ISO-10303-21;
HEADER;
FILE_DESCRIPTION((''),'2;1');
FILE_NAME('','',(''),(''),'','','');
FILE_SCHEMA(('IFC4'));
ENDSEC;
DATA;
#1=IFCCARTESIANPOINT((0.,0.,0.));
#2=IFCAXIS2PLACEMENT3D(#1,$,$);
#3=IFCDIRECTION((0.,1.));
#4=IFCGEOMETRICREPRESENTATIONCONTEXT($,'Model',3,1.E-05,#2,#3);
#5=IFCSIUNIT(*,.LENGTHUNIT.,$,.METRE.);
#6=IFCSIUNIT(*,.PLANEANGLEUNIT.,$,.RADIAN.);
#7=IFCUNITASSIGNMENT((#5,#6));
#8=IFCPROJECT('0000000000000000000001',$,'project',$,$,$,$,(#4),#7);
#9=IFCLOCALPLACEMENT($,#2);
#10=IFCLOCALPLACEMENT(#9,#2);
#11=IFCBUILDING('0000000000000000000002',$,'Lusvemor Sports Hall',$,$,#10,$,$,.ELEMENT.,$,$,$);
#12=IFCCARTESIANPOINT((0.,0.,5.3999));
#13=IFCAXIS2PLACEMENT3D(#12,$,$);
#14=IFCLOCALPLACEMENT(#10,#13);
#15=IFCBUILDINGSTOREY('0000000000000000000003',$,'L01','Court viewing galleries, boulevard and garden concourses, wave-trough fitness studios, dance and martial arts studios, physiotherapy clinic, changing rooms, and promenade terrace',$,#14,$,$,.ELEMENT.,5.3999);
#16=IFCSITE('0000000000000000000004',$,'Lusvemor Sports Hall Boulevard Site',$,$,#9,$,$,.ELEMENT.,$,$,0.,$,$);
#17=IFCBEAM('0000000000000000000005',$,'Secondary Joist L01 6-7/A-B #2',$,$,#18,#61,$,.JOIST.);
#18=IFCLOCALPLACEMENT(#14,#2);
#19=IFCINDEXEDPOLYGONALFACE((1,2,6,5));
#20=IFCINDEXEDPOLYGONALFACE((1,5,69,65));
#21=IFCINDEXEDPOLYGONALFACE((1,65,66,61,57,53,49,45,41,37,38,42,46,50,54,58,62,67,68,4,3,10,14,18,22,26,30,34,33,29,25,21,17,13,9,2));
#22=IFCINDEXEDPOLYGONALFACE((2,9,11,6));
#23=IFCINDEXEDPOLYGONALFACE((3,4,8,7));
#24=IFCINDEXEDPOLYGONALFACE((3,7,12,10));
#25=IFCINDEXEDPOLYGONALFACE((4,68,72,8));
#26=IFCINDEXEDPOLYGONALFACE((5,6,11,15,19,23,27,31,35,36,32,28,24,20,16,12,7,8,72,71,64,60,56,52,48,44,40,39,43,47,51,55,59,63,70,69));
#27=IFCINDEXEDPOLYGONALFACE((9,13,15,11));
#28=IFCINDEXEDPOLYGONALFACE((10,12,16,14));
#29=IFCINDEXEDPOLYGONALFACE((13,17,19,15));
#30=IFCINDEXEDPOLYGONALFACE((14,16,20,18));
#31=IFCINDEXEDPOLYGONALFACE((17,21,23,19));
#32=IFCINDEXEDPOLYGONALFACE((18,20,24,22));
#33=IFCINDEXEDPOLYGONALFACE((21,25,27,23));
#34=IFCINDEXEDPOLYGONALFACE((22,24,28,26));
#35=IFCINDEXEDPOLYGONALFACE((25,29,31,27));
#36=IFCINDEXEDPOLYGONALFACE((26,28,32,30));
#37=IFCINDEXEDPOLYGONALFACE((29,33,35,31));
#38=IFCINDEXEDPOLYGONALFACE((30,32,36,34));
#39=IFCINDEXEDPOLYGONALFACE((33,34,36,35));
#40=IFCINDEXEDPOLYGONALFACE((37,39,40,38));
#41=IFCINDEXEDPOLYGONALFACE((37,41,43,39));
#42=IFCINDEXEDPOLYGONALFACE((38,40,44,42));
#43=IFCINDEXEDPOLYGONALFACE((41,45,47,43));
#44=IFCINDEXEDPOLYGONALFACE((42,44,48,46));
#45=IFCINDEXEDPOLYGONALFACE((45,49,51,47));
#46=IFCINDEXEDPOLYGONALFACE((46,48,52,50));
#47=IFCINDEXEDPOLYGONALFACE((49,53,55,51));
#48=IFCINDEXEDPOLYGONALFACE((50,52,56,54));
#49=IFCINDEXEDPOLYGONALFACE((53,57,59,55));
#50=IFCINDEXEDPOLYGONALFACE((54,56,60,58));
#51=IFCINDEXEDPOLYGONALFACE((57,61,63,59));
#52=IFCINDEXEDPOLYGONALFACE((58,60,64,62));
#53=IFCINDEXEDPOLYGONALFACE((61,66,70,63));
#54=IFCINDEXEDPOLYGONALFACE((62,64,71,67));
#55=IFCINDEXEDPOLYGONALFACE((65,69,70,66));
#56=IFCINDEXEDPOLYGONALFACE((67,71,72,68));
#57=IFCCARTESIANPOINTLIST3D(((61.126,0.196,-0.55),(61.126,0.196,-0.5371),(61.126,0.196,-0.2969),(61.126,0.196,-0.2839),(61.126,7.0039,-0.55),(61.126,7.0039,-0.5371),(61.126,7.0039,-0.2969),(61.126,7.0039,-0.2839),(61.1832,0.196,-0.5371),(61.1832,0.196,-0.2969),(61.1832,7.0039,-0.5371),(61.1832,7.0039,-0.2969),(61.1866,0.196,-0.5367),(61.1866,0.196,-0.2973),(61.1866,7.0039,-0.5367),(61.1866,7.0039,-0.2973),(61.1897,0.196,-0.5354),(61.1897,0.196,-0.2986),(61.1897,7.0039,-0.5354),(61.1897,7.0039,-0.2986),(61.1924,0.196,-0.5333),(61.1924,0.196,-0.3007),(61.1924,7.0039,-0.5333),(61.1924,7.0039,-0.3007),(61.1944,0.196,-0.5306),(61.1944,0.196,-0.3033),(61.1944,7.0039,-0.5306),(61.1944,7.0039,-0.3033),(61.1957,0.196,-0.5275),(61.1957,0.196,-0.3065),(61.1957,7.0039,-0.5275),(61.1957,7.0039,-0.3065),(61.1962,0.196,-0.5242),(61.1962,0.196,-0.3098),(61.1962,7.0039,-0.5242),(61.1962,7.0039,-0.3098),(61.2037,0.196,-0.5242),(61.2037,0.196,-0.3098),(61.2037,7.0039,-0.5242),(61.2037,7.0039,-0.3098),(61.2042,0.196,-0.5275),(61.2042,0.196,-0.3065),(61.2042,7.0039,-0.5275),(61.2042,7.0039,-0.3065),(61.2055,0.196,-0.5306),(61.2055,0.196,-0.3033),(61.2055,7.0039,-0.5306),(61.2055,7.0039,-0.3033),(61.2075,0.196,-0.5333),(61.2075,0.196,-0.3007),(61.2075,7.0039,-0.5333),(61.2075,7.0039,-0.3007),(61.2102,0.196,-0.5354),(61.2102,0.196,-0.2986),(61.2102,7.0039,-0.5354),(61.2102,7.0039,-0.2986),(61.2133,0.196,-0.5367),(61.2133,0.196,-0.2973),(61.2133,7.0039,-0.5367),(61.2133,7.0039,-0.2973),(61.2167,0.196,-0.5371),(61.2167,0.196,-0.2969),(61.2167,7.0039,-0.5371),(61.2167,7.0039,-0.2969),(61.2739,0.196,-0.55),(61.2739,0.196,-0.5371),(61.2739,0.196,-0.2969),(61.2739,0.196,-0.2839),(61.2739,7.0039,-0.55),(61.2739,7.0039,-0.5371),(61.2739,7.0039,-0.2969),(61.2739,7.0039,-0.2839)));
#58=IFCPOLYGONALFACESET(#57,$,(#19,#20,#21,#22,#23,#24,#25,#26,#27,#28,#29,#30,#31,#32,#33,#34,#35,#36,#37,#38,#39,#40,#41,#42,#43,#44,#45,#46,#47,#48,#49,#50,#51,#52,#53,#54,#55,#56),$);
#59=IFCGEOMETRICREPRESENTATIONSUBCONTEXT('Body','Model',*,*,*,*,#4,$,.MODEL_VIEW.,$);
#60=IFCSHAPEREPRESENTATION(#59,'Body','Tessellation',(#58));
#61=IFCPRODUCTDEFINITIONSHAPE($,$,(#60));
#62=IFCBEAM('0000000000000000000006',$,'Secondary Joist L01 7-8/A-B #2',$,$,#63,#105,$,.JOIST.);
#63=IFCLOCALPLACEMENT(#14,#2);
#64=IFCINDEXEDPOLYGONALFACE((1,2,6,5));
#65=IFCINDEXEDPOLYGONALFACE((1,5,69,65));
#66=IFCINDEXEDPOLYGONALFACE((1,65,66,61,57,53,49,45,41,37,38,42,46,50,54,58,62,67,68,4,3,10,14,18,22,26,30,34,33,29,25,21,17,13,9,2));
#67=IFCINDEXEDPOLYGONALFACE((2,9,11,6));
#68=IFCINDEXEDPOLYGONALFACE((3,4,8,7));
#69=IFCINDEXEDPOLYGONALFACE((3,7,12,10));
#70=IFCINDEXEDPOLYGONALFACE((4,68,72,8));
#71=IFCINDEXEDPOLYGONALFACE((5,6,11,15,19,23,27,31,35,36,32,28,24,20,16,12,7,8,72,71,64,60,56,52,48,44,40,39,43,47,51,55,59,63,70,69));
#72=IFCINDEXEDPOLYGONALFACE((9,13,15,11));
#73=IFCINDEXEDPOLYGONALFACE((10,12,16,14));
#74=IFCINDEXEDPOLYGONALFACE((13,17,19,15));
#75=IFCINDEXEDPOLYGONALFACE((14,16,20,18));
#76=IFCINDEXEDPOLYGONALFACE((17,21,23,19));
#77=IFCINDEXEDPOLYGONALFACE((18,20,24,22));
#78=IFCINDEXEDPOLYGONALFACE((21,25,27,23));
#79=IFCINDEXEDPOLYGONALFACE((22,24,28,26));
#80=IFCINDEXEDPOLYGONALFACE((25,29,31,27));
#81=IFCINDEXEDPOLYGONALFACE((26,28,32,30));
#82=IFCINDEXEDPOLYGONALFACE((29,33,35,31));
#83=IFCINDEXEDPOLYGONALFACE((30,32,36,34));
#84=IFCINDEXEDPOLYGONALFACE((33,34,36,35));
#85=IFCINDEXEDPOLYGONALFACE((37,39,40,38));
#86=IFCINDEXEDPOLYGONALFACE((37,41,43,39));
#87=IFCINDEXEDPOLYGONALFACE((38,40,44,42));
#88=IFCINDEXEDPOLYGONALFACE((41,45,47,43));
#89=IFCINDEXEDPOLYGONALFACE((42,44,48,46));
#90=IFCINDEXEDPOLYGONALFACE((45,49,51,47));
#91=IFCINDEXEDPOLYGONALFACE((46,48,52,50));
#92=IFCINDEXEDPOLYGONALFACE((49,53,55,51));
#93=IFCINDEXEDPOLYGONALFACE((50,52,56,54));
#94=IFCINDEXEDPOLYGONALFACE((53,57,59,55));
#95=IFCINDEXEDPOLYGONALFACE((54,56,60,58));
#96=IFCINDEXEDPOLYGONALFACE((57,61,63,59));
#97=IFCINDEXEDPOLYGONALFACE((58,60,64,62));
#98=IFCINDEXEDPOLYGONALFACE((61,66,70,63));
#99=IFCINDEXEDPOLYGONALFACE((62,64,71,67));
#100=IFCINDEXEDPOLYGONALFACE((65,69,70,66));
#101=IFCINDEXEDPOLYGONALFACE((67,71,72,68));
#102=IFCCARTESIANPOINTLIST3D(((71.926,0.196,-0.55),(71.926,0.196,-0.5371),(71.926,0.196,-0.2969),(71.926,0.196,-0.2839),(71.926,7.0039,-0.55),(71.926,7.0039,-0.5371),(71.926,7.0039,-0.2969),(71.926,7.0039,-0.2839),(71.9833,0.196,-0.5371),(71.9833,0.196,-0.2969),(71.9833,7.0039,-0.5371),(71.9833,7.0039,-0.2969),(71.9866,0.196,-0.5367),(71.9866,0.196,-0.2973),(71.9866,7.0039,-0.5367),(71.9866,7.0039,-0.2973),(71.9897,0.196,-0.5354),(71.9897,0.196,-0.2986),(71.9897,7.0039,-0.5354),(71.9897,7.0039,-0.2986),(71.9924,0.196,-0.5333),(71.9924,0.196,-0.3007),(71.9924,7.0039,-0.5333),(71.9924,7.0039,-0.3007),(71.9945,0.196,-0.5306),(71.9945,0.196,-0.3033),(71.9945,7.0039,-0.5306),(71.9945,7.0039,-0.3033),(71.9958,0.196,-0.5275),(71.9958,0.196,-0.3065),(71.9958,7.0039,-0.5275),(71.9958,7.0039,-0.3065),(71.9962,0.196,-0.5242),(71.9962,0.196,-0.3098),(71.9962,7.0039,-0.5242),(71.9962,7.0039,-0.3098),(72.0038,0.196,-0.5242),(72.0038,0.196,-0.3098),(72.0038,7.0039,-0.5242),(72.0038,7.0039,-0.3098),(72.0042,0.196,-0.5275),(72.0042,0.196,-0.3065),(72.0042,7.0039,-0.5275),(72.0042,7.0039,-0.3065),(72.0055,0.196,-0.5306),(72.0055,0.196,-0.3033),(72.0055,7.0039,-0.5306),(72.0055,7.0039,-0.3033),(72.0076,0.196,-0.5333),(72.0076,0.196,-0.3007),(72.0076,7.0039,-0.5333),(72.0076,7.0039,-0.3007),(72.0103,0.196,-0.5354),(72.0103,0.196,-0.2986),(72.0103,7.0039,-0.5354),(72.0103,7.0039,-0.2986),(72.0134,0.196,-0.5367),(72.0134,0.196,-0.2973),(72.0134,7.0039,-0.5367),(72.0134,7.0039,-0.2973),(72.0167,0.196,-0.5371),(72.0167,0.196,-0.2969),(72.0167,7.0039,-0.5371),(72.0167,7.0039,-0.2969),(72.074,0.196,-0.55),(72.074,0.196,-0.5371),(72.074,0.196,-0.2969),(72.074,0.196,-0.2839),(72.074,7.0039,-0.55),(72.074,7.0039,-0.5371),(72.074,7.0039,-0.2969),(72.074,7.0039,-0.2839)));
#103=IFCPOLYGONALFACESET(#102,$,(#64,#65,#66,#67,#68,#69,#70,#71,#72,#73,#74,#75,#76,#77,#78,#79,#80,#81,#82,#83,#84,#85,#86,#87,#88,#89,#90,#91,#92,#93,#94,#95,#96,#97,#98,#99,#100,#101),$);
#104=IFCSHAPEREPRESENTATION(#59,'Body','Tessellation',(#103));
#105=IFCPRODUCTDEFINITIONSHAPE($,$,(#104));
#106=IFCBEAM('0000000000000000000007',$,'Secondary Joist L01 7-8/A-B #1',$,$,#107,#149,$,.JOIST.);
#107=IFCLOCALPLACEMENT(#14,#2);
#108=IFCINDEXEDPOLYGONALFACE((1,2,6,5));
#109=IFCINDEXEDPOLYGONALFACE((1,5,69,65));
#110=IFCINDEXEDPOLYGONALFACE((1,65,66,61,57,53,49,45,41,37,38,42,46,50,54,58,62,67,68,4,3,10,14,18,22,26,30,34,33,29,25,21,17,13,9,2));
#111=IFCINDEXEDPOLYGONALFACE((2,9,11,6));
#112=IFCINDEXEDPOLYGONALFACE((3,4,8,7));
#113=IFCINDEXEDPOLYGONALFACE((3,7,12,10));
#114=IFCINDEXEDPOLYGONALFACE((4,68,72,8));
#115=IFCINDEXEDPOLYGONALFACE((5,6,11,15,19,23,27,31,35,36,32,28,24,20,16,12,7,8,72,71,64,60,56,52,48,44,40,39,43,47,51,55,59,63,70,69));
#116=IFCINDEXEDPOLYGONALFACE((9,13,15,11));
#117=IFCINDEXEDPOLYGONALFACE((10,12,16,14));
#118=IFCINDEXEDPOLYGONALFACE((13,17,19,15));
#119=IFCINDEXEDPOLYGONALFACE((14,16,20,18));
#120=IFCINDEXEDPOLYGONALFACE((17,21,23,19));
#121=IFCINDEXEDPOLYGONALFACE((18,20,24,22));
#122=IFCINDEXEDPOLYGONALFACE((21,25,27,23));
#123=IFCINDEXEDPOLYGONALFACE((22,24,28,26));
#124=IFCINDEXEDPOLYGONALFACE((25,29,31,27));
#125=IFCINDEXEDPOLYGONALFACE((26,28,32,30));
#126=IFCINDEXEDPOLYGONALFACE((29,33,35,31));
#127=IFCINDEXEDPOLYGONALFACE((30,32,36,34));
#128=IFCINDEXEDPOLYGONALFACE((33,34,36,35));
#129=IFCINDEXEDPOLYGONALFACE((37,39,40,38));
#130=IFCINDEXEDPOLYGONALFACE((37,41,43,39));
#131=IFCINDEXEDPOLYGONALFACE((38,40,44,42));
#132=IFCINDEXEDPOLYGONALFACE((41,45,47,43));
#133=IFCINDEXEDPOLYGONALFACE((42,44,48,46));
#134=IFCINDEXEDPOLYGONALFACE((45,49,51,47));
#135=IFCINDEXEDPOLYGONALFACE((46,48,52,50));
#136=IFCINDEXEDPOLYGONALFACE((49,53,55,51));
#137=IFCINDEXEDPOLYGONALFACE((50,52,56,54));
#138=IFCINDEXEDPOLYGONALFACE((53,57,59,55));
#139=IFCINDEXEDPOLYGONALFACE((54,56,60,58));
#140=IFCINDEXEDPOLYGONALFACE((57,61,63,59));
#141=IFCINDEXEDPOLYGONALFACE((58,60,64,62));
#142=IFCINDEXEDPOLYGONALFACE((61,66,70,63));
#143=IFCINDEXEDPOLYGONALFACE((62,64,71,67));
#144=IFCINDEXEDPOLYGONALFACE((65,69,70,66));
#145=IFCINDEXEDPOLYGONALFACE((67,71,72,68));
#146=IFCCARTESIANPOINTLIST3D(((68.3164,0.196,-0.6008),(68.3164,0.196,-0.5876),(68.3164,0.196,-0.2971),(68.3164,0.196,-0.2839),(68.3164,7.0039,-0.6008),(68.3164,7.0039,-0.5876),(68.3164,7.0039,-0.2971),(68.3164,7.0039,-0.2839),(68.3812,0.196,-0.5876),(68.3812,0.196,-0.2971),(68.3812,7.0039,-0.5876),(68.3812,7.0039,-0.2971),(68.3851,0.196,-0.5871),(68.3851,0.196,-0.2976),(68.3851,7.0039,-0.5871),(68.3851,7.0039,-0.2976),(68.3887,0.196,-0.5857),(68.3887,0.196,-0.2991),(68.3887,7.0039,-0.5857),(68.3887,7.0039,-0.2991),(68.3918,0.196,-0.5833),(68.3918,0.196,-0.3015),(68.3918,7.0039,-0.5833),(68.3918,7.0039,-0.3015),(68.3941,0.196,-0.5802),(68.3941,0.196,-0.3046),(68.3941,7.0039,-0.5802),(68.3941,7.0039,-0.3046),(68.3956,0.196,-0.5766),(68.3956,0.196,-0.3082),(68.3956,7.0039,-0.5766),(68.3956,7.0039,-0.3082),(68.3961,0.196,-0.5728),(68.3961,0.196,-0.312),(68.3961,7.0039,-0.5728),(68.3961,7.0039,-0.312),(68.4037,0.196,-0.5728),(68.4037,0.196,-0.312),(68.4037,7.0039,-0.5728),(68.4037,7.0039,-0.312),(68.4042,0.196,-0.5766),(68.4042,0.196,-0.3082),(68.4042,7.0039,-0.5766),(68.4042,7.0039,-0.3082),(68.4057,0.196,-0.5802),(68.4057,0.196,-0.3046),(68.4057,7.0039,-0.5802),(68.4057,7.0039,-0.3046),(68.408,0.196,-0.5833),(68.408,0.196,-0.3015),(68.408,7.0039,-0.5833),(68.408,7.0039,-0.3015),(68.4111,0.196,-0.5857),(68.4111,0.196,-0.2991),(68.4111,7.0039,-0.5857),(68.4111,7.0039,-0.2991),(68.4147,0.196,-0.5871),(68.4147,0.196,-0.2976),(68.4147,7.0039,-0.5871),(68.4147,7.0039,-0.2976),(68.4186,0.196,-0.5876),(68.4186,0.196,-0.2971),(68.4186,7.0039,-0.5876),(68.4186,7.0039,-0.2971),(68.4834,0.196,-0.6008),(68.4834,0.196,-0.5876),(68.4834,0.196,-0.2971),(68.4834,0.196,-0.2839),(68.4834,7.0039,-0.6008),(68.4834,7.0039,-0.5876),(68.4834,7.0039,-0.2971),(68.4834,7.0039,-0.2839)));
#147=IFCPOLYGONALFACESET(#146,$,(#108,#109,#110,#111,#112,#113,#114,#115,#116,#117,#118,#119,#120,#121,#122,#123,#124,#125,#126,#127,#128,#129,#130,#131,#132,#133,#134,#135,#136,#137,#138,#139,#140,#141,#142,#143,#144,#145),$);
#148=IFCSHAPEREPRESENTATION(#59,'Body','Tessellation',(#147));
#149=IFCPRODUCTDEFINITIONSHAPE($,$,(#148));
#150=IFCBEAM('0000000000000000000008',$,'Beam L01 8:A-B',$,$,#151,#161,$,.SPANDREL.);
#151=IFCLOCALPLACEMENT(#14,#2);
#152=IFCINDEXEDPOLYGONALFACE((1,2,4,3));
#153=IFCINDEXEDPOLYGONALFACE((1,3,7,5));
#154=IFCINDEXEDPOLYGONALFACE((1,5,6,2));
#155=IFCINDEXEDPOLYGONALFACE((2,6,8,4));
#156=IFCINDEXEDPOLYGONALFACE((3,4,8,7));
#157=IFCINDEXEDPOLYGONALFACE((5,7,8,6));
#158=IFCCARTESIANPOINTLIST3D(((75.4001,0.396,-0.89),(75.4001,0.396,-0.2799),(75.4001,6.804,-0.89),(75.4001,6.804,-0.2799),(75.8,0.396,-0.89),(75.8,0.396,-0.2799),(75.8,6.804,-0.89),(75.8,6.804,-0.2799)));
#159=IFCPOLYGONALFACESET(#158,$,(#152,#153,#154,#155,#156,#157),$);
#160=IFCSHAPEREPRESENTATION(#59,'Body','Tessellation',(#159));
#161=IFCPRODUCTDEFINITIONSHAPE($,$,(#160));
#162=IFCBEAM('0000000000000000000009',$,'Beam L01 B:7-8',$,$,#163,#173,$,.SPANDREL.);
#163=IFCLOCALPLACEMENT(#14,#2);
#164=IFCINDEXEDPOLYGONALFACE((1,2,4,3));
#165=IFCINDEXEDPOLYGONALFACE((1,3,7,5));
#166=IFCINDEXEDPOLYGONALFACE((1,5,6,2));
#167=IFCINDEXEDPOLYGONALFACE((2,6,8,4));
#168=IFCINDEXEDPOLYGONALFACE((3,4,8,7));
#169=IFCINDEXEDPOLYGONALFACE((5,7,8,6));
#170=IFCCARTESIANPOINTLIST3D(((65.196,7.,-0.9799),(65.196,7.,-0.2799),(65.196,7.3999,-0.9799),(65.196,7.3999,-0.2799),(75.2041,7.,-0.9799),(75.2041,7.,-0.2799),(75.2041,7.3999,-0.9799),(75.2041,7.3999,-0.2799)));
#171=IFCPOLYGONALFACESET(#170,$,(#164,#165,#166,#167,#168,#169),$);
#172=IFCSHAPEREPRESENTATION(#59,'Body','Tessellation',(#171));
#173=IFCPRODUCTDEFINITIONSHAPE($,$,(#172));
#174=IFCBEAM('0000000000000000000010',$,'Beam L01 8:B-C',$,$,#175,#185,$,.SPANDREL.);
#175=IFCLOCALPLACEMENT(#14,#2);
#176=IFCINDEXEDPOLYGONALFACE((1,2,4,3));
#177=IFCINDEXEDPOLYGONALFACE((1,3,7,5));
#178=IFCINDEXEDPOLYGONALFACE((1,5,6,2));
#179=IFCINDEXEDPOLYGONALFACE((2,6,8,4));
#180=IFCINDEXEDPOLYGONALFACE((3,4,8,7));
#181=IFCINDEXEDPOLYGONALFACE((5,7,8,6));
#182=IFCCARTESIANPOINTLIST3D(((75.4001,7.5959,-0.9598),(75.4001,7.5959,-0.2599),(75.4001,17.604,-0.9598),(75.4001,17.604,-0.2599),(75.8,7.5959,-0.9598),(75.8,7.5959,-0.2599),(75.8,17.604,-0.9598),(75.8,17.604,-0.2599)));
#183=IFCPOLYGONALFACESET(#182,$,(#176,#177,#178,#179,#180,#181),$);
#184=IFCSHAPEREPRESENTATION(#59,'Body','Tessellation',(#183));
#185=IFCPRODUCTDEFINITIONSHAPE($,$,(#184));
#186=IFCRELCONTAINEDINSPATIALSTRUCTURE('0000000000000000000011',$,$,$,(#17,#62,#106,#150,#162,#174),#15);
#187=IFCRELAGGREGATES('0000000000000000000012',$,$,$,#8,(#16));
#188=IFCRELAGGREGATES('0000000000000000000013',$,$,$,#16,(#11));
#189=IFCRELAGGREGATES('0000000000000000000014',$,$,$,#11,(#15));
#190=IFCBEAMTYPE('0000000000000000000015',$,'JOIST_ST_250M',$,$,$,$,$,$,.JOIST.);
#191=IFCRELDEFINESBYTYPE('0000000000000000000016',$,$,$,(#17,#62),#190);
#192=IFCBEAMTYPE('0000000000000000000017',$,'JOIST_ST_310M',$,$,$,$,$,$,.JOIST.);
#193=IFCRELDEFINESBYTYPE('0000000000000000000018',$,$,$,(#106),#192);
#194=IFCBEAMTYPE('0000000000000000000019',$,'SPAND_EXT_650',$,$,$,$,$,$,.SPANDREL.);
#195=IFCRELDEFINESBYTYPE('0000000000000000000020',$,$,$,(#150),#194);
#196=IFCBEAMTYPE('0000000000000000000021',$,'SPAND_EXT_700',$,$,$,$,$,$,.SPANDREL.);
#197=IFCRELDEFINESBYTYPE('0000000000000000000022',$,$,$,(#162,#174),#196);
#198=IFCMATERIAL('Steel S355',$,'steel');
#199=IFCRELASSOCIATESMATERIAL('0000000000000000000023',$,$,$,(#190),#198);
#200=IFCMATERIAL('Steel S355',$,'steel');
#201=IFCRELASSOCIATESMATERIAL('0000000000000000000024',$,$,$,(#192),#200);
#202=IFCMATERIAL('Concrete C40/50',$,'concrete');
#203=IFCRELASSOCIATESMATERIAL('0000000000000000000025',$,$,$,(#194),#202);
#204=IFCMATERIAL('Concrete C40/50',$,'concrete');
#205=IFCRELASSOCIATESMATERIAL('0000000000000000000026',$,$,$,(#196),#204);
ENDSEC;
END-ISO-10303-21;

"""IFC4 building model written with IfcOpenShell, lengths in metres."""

from ifc_helpers import new_model, si_unit, direction, frame, origin, origin_2d, place, context, subcontext, project, spatial, rectangle, i_section, extrude, material, material_profile, profile_set, type_object, element, save


model = new_model("IFC4")

# Units and contexts
model_context = context("Model", 3, precision=1e-05, world=origin(), true_north=direction((0.0, 1.0)))
body_context = subcontext(model_context, "Body", "Model", "MODEL_VIEW")
ifc_project = project(units=[si_unit("LENGTHUNIT", "METRE"), si_unit("PLANEANGLEUNIT", "RADIAN")], contexts=[model_context])

# Site, building, storey
site_placement = place(None, origin())
site = spatial("IfcSite", under=ifc_project, at=site_placement, Name="Lusvemor Sports Hall Boulevard Site", CompositionType="ELEMENT", RefElevation=0.0)
building_placement = place(site_placement, origin())
building = spatial("IfcBuilding", under=site, at=building_placement, Name="Lusvemor Sports Hall", CompositionType="ELEMENT")
storey_placement = place(building_placement, frame((0.0, 0.0, 5.3999)))
storey = spatial("IfcBuildingStorey", under=building, at=storey_placement, Name="L01", Description="Court viewing galleries, boulevard and garden concourses, wave-trough fitness studios, dance and martial arts studios, physiotherapy clinic, changing rooms, and promenade terrace", CompositionType="ELEMENT", Elevation=5.3999)

# Beams
ifc_material_1 = material(Name="Steel S355", Category="steel")
ifc_material_profile_1 = material_profile(ifc_material_1, i_section(OverallWidth=0.1479, OverallDepth=0.2661, WebThickness=0.0076, FlangeThickness=0.0129, FilletRadius=0.0129, at=origin_2d()), Name="W250x44.8")
ifc_profile_set_1 = profile_set([ifc_material_profile_1], Name="Steel S355")
beam_type_1 = type_object("IfcBeamType", Name="JOIST_ST_250M", PredefinedType="JOIST", material=ifc_profile_set_1)
for number, where, z_axis, x_axis, name in (
    (1, (61.2, 0.196, -0.417), (0.0, 1.0, 0.0), (-1.0, 0.0, 0.0), "Secondary Joist L01 6-7/A-B #2"),
    (2, (72.0, 0.196, -0.417), (0.0, 1.0, 0.0), (-1.0, 0.0, 0.0), "Secondary Joist L01 7-8/A-B #2"),
):
    element("IfcBeam", number, at=place(storey_placement, frame(where, z_axis=z_axis, x_axis=x_axis)), inside=storey, type_object=beam_type_1, Name=name, PredefinedType="JOIST", context=body_context, shape_type="SweptSolid", body=[
        extrude(i_section(OverallWidth=0.1479, OverallDepth=0.2661, WebThickness=0.0076, FlangeThickness=0.0129, FilletRadius=0.0129, at=origin_2d()), origin(), (0.0, 0.0, 1.0), 6.8079),
    ])
ifc_material_2 = material(Name="Steel S355", Category="steel")
ifc_material_profile_2 = material_profile(ifc_material_2, i_section(OverallWidth=0.167, OverallDepth=0.3169, WebThickness=0.0076, FlangeThickness=0.0132, FilletRadius=0.0149, at=origin_2d()), Name="W310x52.0")
ifc_profile_set_2 = profile_set([ifc_material_profile_2], Name="Steel S355")
beam_type_2 = type_object("IfcBeamType", Name="JOIST_ST_310M", PredefinedType="JOIST", material=ifc_profile_set_2)
beam_1_placement = place(storey_placement, frame((68.3999, 0.196, -0.4424), z_axis=(0.0, 1.0, 0.0), x_axis=(-1.0, 0.0, 0.0)))
element("IfcBeam", 3, at=beam_1_placement, inside=storey, type_object=beam_type_2, Name="Secondary Joist L01 7-8/A-B #1", PredefinedType="JOIST", context=body_context, shape_type="SweptSolid", body=[
    extrude(i_section(OverallWidth=0.167, OverallDepth=0.3169, WebThickness=0.0076, FlangeThickness=0.0132, FilletRadius=0.0149, at=origin_2d()), origin(), (0.0, 0.0, 1.0), 6.8079),
])
ifc_material_3 = material(Name="Concrete C40/50", Category="concrete")
ifc_material_profile_3 = material_profile(ifc_material_3, rectangle(XDim=0.3999, YDim=0.6101, at=origin_2d()), Name="RC400x610")
ifc_profile_set_3 = profile_set([ifc_material_profile_3], Name="Concrete C40/50")
beam_type_3 = type_object("IfcBeamType", Name="SPAND_EXT_650", PredefinedType="SPANDREL", material=ifc_profile_set_3)
beam_2_placement = place(storey_placement, frame((75.6001, 0.396, -0.585), z_axis=(0.0, 1.0, 0.0), x_axis=(-1.0, 0.0, 0.0)))
element("IfcBeam", 4, at=beam_2_placement, inside=storey, type_object=beam_type_3, Name="Beam L01 8:A-B", PredefinedType="SPANDREL", context=body_context, shape_type="SweptSolid", body=[
    extrude(rectangle(XDim=0.3999, YDim=0.6101, at=origin_2d()), origin(), (0.0, 0.0, 1.0), 6.408),
])
ifc_material_4 = material(Name="Concrete C40/50", Category="concrete")
ifc_material_profile_4 = material_profile(ifc_material_4, rectangle(XDim=0.3999, YDim=0.7, at=origin_2d()), Name="RC400x700")
ifc_profile_set_4 = profile_set([ifc_material_profile_4], Name="Concrete C40/50")
beam_type_4 = type_object("IfcBeamType", Name="SPAND_EXT_700", PredefinedType="SPANDREL", material=ifc_profile_set_4)
for number, where, z_axis, x_axis, name in (
    (5, (65.196, 7.2, -0.6299), (1.0, 0.0, 0.0), (0.0, 1.0, 0.0), "Beam L01 B:7-8"),
    (6, (75.6001, 7.5959, -0.6099), (0.0, 1.0, 0.0), (-1.0, 0.0, 0.0), "Beam L01 8:B-C"),
):
    element("IfcBeam", number, at=place(storey_placement, frame(where, z_axis=z_axis, x_axis=x_axis)), inside=storey, type_object=beam_type_4, Name=name, PredefinedType="SPANDREL", context=body_context, shape_type="SweptSolid", body=[
        extrude(rectangle(XDim=0.3999, YDim=0.7, at=origin_2d()), origin(), (0.0, 0.0, 1.0), 10.0081),
    ])

save(model, "model.ifc")
